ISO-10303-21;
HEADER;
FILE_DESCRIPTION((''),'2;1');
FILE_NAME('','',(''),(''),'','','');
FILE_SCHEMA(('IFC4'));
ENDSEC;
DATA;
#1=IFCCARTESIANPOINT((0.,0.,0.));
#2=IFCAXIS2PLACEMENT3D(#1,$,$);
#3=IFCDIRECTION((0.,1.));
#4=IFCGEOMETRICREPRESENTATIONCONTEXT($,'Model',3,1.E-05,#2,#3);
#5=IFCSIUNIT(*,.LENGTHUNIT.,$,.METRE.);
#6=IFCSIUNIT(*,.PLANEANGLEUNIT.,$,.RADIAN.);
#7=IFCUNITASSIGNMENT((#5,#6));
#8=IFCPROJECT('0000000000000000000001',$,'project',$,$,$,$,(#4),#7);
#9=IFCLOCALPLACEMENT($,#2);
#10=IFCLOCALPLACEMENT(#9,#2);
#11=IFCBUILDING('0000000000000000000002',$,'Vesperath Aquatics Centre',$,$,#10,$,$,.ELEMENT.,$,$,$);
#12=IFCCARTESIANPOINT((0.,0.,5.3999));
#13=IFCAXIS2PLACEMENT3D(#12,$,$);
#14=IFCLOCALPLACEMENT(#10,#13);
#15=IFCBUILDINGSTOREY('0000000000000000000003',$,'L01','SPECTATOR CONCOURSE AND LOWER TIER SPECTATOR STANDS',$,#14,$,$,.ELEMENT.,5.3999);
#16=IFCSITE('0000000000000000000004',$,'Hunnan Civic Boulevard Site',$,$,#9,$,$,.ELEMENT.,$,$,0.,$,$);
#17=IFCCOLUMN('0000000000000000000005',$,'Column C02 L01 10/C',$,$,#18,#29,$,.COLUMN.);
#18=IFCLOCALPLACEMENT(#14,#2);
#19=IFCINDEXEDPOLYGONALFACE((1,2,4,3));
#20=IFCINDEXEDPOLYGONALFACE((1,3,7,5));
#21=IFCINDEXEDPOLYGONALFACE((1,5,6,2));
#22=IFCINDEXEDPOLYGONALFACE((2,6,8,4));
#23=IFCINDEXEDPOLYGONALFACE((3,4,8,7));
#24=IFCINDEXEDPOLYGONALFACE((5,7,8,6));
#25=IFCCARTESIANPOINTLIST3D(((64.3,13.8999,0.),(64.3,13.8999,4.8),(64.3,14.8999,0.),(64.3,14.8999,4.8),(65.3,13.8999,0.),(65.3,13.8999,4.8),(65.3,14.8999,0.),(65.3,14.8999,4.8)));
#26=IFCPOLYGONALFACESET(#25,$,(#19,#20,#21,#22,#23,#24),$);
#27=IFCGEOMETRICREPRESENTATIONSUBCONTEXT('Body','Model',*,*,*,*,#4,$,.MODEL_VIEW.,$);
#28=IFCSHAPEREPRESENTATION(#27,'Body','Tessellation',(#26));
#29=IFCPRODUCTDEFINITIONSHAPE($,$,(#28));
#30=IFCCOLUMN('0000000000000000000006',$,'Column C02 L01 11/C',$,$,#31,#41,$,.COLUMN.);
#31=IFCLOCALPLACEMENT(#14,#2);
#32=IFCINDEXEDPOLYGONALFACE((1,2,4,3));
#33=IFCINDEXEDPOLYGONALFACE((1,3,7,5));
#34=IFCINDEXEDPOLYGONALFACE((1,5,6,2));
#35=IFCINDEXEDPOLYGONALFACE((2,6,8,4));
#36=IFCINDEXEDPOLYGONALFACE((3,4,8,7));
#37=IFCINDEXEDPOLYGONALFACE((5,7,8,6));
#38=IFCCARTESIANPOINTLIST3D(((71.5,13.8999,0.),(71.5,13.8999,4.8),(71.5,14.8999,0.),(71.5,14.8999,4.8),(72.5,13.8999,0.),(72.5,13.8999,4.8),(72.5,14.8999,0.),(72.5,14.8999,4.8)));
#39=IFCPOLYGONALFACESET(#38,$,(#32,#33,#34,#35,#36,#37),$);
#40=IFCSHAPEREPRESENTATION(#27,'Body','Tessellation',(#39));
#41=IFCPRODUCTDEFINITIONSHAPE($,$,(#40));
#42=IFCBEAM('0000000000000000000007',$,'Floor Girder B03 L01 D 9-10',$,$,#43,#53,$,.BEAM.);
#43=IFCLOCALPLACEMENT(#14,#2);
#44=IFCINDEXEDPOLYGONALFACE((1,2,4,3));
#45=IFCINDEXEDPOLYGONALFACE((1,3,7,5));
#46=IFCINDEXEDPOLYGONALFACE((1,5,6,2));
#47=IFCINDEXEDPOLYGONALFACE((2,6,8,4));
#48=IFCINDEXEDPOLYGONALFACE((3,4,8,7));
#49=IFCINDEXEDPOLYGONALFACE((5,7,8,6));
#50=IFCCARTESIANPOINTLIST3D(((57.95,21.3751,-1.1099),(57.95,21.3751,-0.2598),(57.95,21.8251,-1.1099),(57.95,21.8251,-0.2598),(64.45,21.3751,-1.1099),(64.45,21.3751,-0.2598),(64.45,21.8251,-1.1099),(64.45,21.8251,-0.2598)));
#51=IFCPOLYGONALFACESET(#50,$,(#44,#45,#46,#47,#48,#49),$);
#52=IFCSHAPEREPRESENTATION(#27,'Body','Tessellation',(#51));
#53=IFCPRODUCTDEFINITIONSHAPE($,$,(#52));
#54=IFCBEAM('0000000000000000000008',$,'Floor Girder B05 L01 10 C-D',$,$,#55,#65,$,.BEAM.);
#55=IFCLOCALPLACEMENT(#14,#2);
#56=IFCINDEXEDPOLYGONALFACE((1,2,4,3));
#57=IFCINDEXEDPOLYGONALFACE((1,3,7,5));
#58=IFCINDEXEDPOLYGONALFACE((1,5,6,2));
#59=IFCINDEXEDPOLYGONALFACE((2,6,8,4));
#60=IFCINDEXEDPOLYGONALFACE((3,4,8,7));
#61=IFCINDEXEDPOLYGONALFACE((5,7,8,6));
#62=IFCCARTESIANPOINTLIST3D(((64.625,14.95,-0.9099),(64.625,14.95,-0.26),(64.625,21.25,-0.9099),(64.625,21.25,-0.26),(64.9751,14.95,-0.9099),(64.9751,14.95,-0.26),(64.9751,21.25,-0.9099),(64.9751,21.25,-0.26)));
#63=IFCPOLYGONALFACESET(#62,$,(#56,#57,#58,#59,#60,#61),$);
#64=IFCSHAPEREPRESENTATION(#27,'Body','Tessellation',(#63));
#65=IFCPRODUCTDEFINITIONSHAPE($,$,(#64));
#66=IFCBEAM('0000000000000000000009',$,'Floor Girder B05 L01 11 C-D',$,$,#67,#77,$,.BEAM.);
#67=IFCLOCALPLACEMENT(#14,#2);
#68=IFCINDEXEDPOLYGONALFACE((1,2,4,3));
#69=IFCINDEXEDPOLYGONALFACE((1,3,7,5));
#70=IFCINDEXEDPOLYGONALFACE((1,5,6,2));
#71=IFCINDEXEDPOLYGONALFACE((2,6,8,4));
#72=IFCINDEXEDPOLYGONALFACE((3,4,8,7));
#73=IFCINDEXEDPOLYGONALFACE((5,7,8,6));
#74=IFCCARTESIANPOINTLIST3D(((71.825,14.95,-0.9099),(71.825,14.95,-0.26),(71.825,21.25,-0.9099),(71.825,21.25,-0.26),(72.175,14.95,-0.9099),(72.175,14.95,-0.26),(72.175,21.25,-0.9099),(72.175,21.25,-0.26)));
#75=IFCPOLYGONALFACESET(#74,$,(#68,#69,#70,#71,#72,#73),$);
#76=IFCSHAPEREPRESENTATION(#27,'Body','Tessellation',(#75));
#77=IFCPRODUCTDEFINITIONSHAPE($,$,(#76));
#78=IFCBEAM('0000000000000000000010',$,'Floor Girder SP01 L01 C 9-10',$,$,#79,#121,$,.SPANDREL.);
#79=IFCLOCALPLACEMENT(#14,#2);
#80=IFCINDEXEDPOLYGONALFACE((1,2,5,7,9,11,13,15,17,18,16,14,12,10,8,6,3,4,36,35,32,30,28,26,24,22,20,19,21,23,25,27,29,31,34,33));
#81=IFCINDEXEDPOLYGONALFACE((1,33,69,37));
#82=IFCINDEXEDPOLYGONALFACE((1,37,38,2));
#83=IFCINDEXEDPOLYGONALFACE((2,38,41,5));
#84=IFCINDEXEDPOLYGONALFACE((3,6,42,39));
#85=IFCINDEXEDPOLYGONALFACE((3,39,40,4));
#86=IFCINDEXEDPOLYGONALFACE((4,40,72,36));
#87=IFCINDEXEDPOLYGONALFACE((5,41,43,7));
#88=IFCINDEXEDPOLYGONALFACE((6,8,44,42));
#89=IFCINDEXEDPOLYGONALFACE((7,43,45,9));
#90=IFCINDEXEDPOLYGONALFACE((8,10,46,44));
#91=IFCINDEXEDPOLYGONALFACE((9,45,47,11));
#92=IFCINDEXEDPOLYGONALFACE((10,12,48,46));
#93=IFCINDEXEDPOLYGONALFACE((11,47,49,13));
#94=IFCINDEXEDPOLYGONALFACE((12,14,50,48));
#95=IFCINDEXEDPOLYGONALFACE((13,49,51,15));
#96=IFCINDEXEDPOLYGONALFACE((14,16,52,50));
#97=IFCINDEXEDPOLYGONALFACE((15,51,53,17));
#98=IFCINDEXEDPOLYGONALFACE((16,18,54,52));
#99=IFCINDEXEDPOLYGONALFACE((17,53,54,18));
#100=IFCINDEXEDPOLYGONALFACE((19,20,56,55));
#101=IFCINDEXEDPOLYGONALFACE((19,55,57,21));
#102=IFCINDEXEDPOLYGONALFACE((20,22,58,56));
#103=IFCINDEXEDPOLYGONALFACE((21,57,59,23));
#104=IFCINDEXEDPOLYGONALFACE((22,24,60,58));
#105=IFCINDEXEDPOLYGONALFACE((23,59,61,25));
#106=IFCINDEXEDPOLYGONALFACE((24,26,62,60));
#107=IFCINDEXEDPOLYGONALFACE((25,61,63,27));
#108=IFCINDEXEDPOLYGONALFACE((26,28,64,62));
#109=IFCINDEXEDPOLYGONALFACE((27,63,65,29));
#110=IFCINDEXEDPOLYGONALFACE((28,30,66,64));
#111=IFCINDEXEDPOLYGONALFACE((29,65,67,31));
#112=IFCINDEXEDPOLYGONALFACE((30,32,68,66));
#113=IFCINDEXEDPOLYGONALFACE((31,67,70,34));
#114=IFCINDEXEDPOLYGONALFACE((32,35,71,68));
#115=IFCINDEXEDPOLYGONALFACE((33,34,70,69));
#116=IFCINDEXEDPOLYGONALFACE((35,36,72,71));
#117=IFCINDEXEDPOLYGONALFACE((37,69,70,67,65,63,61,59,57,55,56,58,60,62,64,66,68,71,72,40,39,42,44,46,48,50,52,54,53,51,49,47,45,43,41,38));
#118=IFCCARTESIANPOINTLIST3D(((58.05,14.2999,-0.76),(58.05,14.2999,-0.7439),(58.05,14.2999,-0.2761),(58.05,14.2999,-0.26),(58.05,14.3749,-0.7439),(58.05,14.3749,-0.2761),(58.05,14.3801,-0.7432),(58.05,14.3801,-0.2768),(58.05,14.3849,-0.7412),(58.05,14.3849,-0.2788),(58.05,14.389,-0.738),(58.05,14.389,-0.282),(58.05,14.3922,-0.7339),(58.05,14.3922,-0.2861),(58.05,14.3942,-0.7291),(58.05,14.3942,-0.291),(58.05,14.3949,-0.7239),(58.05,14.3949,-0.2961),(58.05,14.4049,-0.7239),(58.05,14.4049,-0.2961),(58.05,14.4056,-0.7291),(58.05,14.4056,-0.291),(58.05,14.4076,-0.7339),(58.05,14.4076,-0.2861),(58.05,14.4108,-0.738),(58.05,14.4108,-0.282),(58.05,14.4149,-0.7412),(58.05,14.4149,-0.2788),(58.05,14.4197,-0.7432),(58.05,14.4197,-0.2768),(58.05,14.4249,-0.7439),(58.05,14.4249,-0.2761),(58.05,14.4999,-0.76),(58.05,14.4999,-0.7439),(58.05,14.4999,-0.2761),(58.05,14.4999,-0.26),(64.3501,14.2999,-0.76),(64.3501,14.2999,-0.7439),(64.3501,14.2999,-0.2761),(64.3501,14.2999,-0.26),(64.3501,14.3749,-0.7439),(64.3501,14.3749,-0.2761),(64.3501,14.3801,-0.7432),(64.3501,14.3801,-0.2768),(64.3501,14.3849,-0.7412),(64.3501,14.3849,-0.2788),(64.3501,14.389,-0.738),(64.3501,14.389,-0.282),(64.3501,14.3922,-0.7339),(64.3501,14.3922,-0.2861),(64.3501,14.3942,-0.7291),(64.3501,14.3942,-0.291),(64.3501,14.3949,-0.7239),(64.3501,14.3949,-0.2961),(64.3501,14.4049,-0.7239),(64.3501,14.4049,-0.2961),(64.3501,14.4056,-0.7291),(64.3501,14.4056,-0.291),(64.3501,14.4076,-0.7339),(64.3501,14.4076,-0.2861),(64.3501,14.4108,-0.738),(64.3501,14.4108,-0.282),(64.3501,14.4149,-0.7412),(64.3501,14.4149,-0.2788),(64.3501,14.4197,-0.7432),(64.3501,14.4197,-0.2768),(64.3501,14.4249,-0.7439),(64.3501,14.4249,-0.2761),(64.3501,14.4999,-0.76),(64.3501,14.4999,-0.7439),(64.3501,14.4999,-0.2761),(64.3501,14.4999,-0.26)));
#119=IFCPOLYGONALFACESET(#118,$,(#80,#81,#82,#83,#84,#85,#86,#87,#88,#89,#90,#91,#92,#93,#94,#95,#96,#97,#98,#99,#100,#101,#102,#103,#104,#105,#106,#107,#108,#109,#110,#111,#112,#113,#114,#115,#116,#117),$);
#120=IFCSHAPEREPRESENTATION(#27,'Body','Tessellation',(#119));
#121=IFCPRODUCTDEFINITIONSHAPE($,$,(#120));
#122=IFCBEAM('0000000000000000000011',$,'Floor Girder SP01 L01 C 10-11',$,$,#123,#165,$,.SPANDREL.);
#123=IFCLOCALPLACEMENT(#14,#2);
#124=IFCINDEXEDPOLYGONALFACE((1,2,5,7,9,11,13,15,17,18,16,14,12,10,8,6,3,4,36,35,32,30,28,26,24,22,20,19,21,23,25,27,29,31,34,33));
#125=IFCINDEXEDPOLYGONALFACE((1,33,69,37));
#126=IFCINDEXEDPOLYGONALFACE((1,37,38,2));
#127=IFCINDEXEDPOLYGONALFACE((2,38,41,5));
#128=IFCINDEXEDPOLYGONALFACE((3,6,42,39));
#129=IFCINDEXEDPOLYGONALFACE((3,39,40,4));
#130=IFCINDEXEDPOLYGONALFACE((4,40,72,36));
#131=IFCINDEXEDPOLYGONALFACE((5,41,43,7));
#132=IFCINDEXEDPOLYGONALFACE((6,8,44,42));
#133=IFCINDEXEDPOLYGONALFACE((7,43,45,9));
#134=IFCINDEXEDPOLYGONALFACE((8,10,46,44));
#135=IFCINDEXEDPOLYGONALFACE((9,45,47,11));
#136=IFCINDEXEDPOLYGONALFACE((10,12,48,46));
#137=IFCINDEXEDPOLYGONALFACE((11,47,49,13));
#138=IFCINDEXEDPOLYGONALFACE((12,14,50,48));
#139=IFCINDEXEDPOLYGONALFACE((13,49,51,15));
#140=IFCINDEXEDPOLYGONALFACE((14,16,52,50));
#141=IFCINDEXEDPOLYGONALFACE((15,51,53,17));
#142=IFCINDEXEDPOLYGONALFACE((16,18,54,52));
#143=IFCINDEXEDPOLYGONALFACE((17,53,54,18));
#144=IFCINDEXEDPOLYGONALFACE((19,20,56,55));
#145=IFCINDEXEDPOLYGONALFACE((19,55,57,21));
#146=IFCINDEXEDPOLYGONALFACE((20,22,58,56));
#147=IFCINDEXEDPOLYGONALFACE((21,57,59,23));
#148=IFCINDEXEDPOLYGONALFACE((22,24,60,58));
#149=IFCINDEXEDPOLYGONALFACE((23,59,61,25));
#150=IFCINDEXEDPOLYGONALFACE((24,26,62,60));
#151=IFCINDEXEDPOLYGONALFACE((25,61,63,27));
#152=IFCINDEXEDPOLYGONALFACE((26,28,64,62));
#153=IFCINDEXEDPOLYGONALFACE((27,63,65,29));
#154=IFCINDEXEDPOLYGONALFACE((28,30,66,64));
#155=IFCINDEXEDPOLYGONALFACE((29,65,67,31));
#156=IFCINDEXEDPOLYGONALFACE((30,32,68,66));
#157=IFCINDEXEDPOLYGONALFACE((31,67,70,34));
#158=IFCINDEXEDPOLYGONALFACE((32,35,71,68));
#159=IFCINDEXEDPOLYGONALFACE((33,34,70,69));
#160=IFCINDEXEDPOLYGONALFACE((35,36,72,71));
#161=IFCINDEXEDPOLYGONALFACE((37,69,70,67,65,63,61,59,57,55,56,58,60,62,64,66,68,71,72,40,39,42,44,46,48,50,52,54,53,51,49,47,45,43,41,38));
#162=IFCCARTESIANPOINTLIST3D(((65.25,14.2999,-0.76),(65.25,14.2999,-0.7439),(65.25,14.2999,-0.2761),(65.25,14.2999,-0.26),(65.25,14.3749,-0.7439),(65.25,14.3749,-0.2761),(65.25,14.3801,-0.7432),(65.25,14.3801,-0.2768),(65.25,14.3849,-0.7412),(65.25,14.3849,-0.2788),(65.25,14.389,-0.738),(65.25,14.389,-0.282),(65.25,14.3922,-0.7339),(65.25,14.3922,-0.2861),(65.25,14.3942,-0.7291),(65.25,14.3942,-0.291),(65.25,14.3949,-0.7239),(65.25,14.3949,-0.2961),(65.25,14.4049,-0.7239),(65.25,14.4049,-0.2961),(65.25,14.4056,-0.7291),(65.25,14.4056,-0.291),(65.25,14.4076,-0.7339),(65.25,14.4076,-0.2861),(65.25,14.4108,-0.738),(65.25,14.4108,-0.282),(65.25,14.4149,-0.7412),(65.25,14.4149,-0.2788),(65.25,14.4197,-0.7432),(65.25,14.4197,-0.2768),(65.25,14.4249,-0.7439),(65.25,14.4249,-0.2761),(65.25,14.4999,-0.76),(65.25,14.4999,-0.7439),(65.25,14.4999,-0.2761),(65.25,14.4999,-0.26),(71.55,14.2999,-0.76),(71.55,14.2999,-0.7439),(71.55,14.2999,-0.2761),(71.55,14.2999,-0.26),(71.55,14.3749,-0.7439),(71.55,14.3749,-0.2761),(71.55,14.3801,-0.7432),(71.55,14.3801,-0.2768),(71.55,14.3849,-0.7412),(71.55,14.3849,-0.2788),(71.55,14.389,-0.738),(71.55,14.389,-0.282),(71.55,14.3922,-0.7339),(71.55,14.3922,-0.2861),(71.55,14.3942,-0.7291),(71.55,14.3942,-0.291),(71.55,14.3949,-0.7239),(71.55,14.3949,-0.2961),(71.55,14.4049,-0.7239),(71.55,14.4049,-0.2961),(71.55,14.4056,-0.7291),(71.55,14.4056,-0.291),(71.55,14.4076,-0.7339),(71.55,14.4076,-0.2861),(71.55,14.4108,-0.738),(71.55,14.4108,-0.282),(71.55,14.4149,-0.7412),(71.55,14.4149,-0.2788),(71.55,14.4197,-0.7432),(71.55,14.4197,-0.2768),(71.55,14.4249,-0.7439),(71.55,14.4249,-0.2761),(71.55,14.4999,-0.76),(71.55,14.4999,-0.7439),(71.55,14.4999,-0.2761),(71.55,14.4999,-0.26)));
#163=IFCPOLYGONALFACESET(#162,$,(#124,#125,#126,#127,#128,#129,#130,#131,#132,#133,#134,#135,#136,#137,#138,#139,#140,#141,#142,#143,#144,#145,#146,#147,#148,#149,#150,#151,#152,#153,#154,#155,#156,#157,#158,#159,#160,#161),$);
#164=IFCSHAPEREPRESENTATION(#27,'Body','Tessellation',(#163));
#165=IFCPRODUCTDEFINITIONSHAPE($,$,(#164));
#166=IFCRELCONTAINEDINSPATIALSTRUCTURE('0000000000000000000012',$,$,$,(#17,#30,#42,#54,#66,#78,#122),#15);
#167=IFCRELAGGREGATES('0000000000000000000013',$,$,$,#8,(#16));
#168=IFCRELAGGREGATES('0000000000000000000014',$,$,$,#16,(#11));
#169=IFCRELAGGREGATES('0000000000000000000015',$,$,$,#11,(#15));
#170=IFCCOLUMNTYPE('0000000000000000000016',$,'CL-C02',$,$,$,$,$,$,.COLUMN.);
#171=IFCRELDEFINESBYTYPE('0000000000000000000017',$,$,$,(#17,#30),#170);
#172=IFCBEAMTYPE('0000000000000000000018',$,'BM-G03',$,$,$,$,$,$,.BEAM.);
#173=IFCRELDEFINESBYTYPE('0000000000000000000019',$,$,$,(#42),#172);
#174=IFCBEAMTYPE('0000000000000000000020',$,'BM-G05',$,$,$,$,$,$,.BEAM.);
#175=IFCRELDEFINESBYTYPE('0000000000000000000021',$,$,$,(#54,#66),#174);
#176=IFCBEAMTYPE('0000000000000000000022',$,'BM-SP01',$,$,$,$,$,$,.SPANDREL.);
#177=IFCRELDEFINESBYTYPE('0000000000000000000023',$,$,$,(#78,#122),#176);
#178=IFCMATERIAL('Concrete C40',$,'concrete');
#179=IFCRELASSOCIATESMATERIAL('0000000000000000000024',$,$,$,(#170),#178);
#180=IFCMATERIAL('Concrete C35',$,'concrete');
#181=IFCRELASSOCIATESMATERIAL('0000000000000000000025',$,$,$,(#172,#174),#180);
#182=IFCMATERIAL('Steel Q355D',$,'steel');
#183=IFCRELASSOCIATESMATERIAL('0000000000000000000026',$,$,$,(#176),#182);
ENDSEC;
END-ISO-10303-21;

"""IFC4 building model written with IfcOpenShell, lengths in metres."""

from ifc_helpers import new_model, si_unit, direction, frame, origin, origin_2d, place, context, subcontext, project, spatial, rectangle, i_section, extrude, material, material_profile, profile_set, type_object, element, save


model = new_model("IFC4")

# Units and contexts
model_context = context("Model", 3, precision=1e-05, world=origin(), true_north=direction((0.0, 1.0)))
body_context = subcontext(model_context, "Body", "Model", "MODEL_VIEW")
ifc_project = project(units=[si_unit("LENGTHUNIT", "METRE"), si_unit("PLANEANGLEUNIT", "RADIAN")], contexts=[model_context])

# Site, building, storey
site_placement = place(None, origin())
site = spatial("IfcSite", under=ifc_project, at=site_placement, Name="Hunnan Civic Boulevard Site", CompositionType="ELEMENT", RefElevation=0.0)
building_placement = place(site_placement, origin())
building = spatial("IfcBuilding", under=site, at=building_placement, Name="Vesperath Aquatics Centre", CompositionType="ELEMENT")
storey_placement = place(building_placement, frame((0.0, 0.0, 5.3999)))
storey = spatial("IfcBuildingStorey", under=building, at=storey_placement, Name="L01", Description="SPECTATOR CONCOURSE AND LOWER TIER SPECTATOR STANDS", CompositionType="ELEMENT", Elevation=5.3999)

# Columns
ifc_material_1 = material(Name="Concrete C40", Category="concrete")
ifc_material_profile_1 = material_profile(ifc_material_1, rectangle(XDim=1.0, YDim=1.0, at=origin_2d()), Name="RC 1000x1000")
ifc_profile_set_1 = profile_set([ifc_material_profile_1], Name="Concrete C40")
column_type = type_object("IfcColumnType", Name="CL-C02", PredefinedType="COLUMN", material=ifc_profile_set_1)
for number, where, z_axis, x_axis, name in (
    (1, (64.8, 14.3999, 0.0), (0.0, 0.0, 1.0), (1.0, 0.0, 0.0), "Column C02 L01 10/C"),
    (2, (72.0, 14.3999, 0.0), (0.0, 0.0, 1.0), (1.0, 0.0, 0.0), "Column C02 L01 11/C"),
):
    element("IfcColumn", number, at=place(storey_placement, frame(where, z_axis=z_axis, x_axis=x_axis)), inside=storey, type_object=column_type, Name=name, PredefinedType="COLUMN", context=body_context, shape_type="SweptSolid", body=[
        extrude(rectangle(XDim=1.0, YDim=1.0, at=origin_2d()), origin(), (0.0, 0.0, 1.0), 4.8),
    ])

# Beams
ifc_material_2 = material(Name="Concrete C35", Category="concrete")
ifc_material_profile_2 = material_profile(ifc_material_2, rectangle(XDim=0.45, YDim=0.8501, at=origin_2d()), Name="RC 450x850")
ifc_profile_set_2 = profile_set([ifc_material_profile_2], Name="Concrete C35")
beam_type_1 = type_object("IfcBeamType", Name="BM-G03", PredefinedType="BEAM", material=ifc_profile_set_2)
beam_placement = place(storey_placement, frame((57.95, 21.6001, -0.6848), z_axis=(1.0, 0.0, 0.0), x_axis=(0.0, 1.0, 0.0)))
element("IfcBeam", 3, at=beam_placement, inside=storey, type_object=beam_type_1, Name="Floor Girder B03 L01 D 9-10", PredefinedType="BEAM", context=body_context, shape_type="SweptSolid", body=[
    extrude(rectangle(XDim=0.45, YDim=0.8501, at=origin_2d()), origin(), (0.0, 0.0, 1.0), 6.5),
])
ifc_material_profile_3 = material_profile(ifc_material_2, rectangle(XDim=0.3501, YDim=0.6499, at=origin_2d()), Name="RC 350x650")
ifc_profile_set_3 = profile_set([ifc_material_profile_3], Name="Concrete C35")
beam_type_2 = type_object("IfcBeamType", Name="BM-G05", PredefinedType="BEAM", material=ifc_profile_set_3)
for number, where, z_axis, x_axis, name in (
    (4, (64.8, 14.95, -0.585), (0.0, 1.0, 0.0), (-1.0, 0.0, 0.0), "Floor Girder B05 L01 10 C-D"),
    (5, (72.0, 14.95, -0.585), (0.0, 1.0, 0.0), (-1.0, 0.0, 0.0), "Floor Girder B05 L01 11 C-D"),
):
    element("IfcBeam", number, at=place(storey_placement, frame(where, z_axis=z_axis, x_axis=x_axis)), inside=storey, type_object=beam_type_2, Name=name, PredefinedType="BEAM", context=body_context, shape_type="SweptSolid", body=[
        extrude(rectangle(XDim=0.3501, YDim=0.6499, at=origin_2d()), origin(), (0.0, 0.0, 1.0), 6.3),
    ])
ifc_material_3 = material(Name="Steel Q355D", Category="steel")
ifc_material_profile_4 = material_profile(ifc_material_3, i_section(OverallWidth=0.2, OverallDepth=0.5, WebThickness=0.01, FlangeThickness=0.0161, FilletRadius=0.02, at=origin_2d()), Name="HN 500x200x10x16")
ifc_profile_set_4 = profile_set([ifc_material_profile_4], Name="Steel Q355D")
beam_type_3 = type_object("IfcBeamType", Name="BM-SP01", PredefinedType="SPANDREL", material=ifc_profile_set_4)
for number, where, z_axis, x_axis, name in (
    (6, (58.05, 14.3999, -0.51), (1.0, 0.0, 0.0), (0.0, 1.0, 0.0), "Floor Girder SP01 L01 C 9-10"),
    (7, (65.25, 14.3999, -0.51), (1.0, 0.0, 0.0), (0.0, 1.0, 0.0), "Floor Girder SP01 L01 C 10-11"),
):
    element("IfcBeam", number, at=place(storey_placement, frame(where, z_axis=z_axis, x_axis=x_axis)), inside=storey, type_object=beam_type_3, Name=name, PredefinedType="SPANDREL", context=body_context, shape_type="SweptSolid", body=[
        extrude(i_section(OverallWidth=0.2, OverallDepth=0.5, WebThickness=0.01, FlangeThickness=0.0161, FilletRadius=0.02, at=origin_2d()), origin(), (0.0, 0.0, 1.0), 6.3),
    ])

save(model, "model.ifc")
